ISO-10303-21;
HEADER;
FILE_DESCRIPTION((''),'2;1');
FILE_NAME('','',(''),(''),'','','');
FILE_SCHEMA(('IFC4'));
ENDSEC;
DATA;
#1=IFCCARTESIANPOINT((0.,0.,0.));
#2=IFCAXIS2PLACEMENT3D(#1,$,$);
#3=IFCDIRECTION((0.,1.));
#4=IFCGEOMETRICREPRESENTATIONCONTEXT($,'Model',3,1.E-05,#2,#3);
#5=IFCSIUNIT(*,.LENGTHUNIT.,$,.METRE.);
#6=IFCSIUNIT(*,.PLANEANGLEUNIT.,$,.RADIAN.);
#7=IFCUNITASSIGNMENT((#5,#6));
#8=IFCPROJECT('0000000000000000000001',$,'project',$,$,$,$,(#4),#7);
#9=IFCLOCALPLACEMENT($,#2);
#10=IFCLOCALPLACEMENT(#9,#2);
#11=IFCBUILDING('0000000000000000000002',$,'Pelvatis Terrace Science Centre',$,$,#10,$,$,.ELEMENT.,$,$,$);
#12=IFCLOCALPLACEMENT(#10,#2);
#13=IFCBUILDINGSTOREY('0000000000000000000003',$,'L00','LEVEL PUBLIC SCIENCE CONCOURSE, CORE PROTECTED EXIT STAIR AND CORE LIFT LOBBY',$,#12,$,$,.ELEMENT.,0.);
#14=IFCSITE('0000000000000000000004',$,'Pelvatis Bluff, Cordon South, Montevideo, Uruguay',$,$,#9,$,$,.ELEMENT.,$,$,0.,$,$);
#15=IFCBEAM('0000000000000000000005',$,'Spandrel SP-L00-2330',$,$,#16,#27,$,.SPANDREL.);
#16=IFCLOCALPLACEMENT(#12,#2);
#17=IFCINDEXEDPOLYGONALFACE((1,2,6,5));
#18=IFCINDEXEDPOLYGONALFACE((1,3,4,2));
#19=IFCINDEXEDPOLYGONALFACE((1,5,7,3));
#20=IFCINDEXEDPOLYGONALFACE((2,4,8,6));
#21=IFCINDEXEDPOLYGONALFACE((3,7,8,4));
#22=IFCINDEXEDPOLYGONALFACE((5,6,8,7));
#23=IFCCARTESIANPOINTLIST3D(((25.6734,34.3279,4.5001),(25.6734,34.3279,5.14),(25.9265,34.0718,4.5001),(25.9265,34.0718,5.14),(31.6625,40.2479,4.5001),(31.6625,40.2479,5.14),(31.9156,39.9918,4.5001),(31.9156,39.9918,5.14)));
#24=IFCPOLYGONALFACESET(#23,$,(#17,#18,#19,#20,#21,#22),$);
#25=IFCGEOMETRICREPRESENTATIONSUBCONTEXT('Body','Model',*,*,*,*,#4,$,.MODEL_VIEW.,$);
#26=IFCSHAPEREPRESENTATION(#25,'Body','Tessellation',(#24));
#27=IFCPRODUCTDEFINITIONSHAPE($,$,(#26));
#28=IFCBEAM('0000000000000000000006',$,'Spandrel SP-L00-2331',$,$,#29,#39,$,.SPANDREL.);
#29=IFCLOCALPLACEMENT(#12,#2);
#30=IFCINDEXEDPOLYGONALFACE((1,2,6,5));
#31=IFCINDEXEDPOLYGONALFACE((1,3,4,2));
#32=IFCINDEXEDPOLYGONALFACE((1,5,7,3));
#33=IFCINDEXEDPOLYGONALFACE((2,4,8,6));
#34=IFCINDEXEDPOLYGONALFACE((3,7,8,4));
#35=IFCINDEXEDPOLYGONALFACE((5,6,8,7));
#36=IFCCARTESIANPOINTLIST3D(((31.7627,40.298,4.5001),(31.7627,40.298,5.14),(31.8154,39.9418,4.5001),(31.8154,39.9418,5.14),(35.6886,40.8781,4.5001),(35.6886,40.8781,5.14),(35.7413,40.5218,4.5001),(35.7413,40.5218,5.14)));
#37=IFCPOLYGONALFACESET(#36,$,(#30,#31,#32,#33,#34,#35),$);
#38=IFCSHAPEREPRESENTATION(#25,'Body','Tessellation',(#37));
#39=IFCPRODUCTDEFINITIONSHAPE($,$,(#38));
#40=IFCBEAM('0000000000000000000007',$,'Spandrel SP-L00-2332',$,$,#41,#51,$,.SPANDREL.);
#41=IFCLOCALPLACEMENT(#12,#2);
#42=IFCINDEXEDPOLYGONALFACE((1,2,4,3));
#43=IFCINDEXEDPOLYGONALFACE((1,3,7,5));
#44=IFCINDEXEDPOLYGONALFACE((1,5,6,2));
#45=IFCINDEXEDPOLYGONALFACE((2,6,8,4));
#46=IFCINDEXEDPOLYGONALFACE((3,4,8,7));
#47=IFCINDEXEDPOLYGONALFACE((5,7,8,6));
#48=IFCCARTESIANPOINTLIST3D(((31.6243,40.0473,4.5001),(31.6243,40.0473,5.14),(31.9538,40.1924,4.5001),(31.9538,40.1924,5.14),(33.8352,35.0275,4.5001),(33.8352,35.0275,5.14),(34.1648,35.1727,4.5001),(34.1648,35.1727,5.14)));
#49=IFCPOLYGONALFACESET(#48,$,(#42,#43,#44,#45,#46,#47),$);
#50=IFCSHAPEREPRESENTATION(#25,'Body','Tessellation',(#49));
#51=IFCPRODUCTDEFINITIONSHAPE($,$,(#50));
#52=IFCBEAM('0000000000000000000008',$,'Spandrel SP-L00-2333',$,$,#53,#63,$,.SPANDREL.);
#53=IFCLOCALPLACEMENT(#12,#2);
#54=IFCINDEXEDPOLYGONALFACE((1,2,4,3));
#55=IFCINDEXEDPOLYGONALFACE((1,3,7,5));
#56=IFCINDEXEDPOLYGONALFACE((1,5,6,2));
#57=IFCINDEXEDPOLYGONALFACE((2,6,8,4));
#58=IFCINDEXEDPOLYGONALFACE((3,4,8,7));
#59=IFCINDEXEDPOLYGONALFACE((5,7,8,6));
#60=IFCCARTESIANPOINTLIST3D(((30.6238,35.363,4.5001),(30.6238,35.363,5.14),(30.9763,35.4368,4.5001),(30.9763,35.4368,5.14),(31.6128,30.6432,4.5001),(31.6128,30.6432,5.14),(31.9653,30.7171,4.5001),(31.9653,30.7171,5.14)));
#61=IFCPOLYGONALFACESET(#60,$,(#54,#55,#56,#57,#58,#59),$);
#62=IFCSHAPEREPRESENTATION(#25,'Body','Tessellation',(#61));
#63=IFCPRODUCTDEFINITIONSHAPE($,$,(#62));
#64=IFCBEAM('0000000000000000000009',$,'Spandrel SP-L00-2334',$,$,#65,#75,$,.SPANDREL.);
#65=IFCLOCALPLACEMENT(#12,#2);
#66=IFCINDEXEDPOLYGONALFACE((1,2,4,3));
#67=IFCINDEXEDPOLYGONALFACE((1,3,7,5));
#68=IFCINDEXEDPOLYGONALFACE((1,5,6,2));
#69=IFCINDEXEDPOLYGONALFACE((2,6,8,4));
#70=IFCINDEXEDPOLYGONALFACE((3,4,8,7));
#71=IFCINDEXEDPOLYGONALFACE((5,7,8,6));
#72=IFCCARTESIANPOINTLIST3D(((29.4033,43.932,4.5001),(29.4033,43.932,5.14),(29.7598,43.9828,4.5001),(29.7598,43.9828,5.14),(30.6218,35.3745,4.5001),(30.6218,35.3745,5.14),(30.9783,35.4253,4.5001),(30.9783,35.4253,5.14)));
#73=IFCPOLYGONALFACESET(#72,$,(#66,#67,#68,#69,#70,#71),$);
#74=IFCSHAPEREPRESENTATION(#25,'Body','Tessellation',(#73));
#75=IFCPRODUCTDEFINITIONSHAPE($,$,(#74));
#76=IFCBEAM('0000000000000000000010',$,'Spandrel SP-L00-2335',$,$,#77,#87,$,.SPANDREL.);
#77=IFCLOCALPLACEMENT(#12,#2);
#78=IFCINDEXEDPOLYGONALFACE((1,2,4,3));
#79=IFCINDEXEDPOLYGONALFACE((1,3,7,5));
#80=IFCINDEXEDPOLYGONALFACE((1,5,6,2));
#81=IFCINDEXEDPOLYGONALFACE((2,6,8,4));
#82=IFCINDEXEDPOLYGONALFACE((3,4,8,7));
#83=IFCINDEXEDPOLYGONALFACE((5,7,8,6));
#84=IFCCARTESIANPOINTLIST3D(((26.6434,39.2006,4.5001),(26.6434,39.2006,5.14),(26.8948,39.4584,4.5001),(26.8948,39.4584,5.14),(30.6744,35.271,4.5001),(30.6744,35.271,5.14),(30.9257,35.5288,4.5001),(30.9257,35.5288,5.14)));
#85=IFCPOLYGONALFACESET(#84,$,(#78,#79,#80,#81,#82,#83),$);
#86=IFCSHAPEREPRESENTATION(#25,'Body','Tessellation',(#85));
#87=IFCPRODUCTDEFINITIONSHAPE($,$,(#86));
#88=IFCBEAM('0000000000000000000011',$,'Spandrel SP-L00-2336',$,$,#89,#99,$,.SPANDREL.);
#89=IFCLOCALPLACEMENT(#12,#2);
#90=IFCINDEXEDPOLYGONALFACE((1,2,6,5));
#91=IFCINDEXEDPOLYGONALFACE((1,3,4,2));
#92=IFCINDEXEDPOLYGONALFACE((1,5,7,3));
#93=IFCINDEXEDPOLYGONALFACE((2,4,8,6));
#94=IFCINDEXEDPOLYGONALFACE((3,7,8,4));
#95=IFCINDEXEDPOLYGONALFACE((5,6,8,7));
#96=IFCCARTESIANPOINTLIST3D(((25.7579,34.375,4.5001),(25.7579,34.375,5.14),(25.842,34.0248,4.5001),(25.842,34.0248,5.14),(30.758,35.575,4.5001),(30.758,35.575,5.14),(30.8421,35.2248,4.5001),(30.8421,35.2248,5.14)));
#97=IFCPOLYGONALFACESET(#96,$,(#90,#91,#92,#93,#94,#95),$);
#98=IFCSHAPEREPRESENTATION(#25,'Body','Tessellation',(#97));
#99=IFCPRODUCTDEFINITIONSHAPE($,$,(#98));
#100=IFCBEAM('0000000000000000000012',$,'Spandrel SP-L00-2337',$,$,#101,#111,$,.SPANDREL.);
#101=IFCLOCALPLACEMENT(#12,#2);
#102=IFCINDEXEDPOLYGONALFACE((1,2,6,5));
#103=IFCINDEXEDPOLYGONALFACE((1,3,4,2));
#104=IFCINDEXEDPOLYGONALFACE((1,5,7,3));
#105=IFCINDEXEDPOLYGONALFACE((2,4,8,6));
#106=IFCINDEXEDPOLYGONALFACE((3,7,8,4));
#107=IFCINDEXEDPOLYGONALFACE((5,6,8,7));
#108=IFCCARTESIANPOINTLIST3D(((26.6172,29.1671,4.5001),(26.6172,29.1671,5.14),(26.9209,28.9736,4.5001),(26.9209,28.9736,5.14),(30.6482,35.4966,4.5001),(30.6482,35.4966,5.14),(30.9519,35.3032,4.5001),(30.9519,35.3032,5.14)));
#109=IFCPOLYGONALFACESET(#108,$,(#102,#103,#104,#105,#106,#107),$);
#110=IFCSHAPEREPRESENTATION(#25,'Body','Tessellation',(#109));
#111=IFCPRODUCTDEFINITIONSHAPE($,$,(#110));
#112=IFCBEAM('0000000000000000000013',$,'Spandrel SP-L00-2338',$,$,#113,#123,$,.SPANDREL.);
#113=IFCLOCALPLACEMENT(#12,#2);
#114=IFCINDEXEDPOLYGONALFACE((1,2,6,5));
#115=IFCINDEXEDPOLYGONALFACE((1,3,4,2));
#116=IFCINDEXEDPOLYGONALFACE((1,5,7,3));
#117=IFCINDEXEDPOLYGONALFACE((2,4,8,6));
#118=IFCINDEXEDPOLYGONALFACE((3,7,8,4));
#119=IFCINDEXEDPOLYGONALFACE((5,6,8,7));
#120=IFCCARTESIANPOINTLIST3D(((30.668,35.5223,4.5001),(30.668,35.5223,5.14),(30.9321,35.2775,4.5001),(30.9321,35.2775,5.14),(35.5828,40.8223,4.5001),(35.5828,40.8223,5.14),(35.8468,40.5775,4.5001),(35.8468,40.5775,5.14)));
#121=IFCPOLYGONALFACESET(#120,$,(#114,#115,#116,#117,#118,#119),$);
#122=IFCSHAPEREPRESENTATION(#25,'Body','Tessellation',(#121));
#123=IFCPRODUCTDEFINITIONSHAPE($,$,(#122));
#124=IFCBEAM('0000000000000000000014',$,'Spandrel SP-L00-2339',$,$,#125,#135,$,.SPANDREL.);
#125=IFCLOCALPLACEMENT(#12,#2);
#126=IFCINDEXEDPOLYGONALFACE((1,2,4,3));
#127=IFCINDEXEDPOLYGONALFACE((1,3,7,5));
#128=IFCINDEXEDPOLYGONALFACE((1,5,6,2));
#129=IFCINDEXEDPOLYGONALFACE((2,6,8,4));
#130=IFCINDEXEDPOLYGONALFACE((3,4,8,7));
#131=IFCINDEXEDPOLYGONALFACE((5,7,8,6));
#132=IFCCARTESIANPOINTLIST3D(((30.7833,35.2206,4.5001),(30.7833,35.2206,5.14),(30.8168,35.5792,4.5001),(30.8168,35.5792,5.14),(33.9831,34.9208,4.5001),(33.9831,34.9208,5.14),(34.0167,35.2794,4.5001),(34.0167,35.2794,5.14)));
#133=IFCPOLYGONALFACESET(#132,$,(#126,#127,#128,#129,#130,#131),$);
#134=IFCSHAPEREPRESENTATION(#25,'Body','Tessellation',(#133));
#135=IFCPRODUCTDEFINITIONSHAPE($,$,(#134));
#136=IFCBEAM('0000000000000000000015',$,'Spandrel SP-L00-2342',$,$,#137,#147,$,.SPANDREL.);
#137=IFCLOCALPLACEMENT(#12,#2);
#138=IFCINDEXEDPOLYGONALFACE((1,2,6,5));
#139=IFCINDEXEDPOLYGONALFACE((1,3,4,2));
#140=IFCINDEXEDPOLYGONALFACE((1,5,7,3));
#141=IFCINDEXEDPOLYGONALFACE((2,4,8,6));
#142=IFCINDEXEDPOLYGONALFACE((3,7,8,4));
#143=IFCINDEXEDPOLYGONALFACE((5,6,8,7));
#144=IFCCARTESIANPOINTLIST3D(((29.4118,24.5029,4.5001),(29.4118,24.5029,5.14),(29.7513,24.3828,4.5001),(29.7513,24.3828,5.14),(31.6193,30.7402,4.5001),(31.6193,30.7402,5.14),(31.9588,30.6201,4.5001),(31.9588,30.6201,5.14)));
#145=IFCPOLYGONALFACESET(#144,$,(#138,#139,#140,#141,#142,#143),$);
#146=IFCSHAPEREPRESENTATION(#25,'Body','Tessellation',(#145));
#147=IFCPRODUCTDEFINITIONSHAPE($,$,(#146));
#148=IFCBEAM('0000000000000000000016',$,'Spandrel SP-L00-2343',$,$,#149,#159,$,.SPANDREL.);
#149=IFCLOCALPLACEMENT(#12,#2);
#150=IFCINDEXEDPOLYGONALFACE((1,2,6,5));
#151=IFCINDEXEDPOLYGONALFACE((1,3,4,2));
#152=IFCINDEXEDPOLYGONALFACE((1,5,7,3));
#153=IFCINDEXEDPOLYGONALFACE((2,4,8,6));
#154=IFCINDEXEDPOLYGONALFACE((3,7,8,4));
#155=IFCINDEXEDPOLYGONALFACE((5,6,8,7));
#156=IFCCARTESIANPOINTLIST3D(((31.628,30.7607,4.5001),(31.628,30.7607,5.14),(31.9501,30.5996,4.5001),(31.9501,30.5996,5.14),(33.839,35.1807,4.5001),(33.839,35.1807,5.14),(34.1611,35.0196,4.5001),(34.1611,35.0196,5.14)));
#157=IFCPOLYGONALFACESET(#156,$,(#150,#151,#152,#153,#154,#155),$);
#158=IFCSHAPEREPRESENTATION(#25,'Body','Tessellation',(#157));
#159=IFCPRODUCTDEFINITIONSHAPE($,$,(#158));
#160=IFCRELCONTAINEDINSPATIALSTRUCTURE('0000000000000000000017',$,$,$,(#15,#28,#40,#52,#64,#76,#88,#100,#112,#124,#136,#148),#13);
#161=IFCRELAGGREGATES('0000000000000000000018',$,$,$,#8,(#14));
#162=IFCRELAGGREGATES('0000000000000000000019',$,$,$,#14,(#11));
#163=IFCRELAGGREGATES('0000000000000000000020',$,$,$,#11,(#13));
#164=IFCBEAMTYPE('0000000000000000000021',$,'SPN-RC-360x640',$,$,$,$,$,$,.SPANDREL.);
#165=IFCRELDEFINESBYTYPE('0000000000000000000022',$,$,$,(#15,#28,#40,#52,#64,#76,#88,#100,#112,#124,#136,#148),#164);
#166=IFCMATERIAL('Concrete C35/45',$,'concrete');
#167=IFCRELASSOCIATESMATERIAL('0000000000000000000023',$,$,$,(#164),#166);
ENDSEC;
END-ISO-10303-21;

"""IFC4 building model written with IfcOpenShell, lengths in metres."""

from ifc_helpers import new_model, si_unit, direction, frame, origin, origin_2d, place, context, subcontext, project, spatial, rectangle, extrude, material, material_profile, profile_set, type_object, element, save


model = new_model("IFC4")

# Units and contexts
model_context = context("Model", 3, precision=1e-05, world=origin(), true_north=direction((0.0, 1.0)))
body_context = subcontext(model_context, "Body", "Model", "MODEL_VIEW")
ifc_project = project(units=[si_unit("LENGTHUNIT", "METRE"), si_unit("PLANEANGLEUNIT", "RADIAN")], contexts=[model_context])

# Site, building, storey
site_placement = place(None, origin())
site = spatial("IfcSite", under=ifc_project, at=site_placement, Name="Pelvatis Bluff, Cordon South, Montevideo, Uruguay", CompositionType="ELEMENT", RefElevation=0.0)
building_placement = place(site_placement, origin())
building = spatial("IfcBuilding", under=site, at=building_placement, Name="Pelvatis Terrace Science Centre", CompositionType="ELEMENT")
storey_placement = place(building_placement, origin())
storey = spatial("IfcBuildingStorey", under=building, at=storey_placement, Name="L00", Description="LEVEL PUBLIC SCIENCE CONCOURSE, CORE PROTECTED EXIT STAIR AND CORE LIFT LOBBY", CompositionType="ELEMENT", Elevation=0.0)

# Beams
ifc_material_1 = material(Name="Concrete C35/45", Category="concrete")
ifc_material_profile_1 = material_profile(ifc_material_1, rectangle(XDim=0.3601, YDim=0.6399, at=origin_2d()), Name="RC-SPN 360x640")
ifc_profile_set_1 = profile_set([ifc_material_profile_1], Name="Concrete C35/45")
beam_type = type_object("IfcBeamType", Name="SPN-RC-360x640", PredefinedType="SPANDREL", material=ifc_profile_set_1)
beam_1_placement = place(storey_placement, frame((31.7891, 40.1199, 4.8201), z_axis=(-0.711197, -0.702993, 0.0), x_axis=(0.702993, -0.711197, 0.0)))
element("IfcBeam", 1, at=beam_1_placement, inside=storey, type_object=beam_type, Name="Spandrel SP-L00-2330", PredefinedType="SPANDREL", context=body_context, shape_type="SweptSolid", body=[
    extrude(rectangle(XDim=0.3601, YDim=0.6399, at=origin_2d()), origin(), (0.0, 0.0, 1.0), 8.4211),
])
beam_2_placement = place(storey_placement, frame((31.7891, 40.1199, 4.8201), z_axis=(0.989259, 0.146174, 0.0), x_axis=(-0.146174, 0.989259, 0.0)))
element("IfcBeam", 2, at=beam_2_placement, inside=storey, type_object=beam_type, Name="Spandrel SP-L00-2331", PredefinedType="SPANDREL", context=body_context, shape_type="SweptSolid", body=[
    extrude(rectangle(XDim=0.3601, YDim=0.6399, at=origin_2d()), origin(), (0.0, 0.0, 1.0), 3.9685),
])
beam_3_placement = place(storey_placement, frame((31.7891, 40.1199, 4.8201), z_axis=(0.40308, -0.915165, 0.0), x_axis=(0.915165, 0.40308, 0.0)))
element("IfcBeam", 3, at=beam_3_placement, inside=storey, type_object=beam_type, Name="Spandrel SP-L00-2332", PredefinedType="SPANDREL", context=body_context, shape_type="SweptSolid", body=[
    extrude(rectangle(XDim=0.3601, YDim=0.6399, at=origin_2d()), origin(), (0.0, 0.0, 1.0), 5.4851),
])
beam_4_placement = place(storey_placement, frame((30.8, 35.3999, 4.8201), z_axis=(0.205094, -0.978742, 0.0), x_axis=(0.978742, 0.205094, 0.0)))
element("IfcBeam", 4, at=beam_4_placement, inside=storey, type_object=beam_type, Name="Spandrel SP-L00-2333", PredefinedType="SPANDREL", context=body_context, shape_type="SweptSolid", body=[
    extrude(rectangle(XDim=0.3601, YDim=0.6399, at=origin_2d()), origin(), (0.0, 0.0, 1.0), 4.8223),
])
beam_5_placement = place(storey_placement, frame((30.8, 35.3999, 4.8201), z_axis=(-0.140971, 0.990014, 0.0), x_axis=(-0.990014, -0.140971, 0.0)))
element("IfcBeam", 5, at=beam_5_placement, inside=storey, type_object=beam_type, Name="Spandrel SP-L00-2334", PredefinedType="SPANDREL", context=body_context, shape_type="SweptSolid", body=[
    extrude(rectangle(XDim=0.3601, YDim=0.6399, at=origin_2d()), origin(), (0.0, 0.0, 1.0), 8.6438),
])
beam_6_placement = place(storey_placement, frame((30.8, 35.3999, 4.8201), z_axis=(-0.716048, 0.698051, 0.0), x_axis=(-0.698051, -0.716048, 0.0)))
element("IfcBeam", 6, at=beam_6_placement, inside=storey, type_object=beam_type, Name="Spandrel SP-L00-2335", PredefinedType="SPANDREL", context=body_context, shape_type="SweptSolid", body=[
    extrude(rectangle(XDim=0.3601, YDim=0.6399, at=origin_2d()), origin(), (0.0, 0.0, 1.0), 5.6294),
])
beam_7_placement = place(storey_placement, frame((30.8, 35.3999, 4.8201), z_axis=(-0.972389, -0.233364, 0.0), x_axis=(0.233364, -0.972389, 0.0)))
element("IfcBeam", 7, at=beam_7_placement, inside=storey, type_object=beam_type, Name="Spandrel SP-L00-2336", PredefinedType="SPANDREL", context=body_context, shape_type="SweptSolid", body=[
    extrude(rectangle(XDim=0.3601, YDim=0.6399, at=origin_2d()), origin(), (0.0, 0.0, 1.0), 5.1421),
])
beam_8_placement = place(storey_placement, frame((30.8, 35.3999, 4.8201), z_axis=(-0.537168, -0.843475, 0.0), x_axis=(0.843475, -0.537168, 0.0)))
element("IfcBeam", 8, at=beam_8_placement, inside=storey, type_object=beam_type, Name="Spandrel SP-L00-2337", PredefinedType="SPANDREL", context=body_context, shape_type="SweptSolid", body=[
    extrude(rectangle(XDim=0.3601, YDim=0.6399, at=origin_2d()), origin(), (0.0, 0.0, 1.0), 7.5042),
])
beam_9_placement = place(storey_placement, frame((30.8, 35.3999, 4.8201), z_axis=(0.679955, 0.733254, 0.0), x_axis=(-0.733254, 0.679955, 0.0)))
element("IfcBeam", 9, at=beam_9_placement, inside=storey, type_object=beam_type, Name="Spandrel SP-L00-2338", PredefinedType="SPANDREL", context=body_context, shape_type="SweptSolid", body=[
    extrude(rectangle(XDim=0.3601, YDim=0.6399, at=origin_2d()), origin(), (0.0, 0.0, 1.0), 7.228),
])
beam_10_placement = place(storey_placement, frame((30.8, 35.3999, 4.8201), z_axis=(0.99564, -0.093282, 0.0), x_axis=(0.093282, 0.99564, 0.0)))
element("IfcBeam", 10, at=beam_10_placement, inside=storey, type_object=beam_type, Name="Spandrel SP-L00-2339", PredefinedType="SPANDREL", context=body_context, shape_type="SweptSolid", body=[
    extrude(rectangle(XDim=0.3601, YDim=0.6399, at=origin_2d()), origin(), (0.0, 0.0, 1.0), 3.2139),
])
beam_11_placement = place(storey_placement, frame((31.7891, 30.6802, 4.8201), z_axis=(-0.333642, -0.9427, 0.0), x_axis=(0.9427, -0.333642, 0.0)))
element("IfcBeam", 11, at=beam_11_placement, inside=storey, type_object=beam_type, Name="Spandrel SP-L00-2342", PredefinedType="SPANDREL", context=body_context, shape_type="SweptSolid", body=[
    extrude(rectangle(XDim=0.3601, YDim=0.6399, at=origin_2d()), origin(), (0.0, 0.0, 1.0), 6.6165),
])
beam_12_placement = place(storey_placement, frame((31.7891, 30.6802, 4.8201), z_axis=(0.447372, 0.894348, 0.0), x_axis=(-0.894348, 0.447372, 0.0)))
element("IfcBeam", 12, at=beam_12_placement, inside=storey, type_object=beam_type, Name="Spandrel SP-L00-2343", PredefinedType="SPANDREL", context=body_context, shape_type="SweptSolid", body=[
    extrude(rectangle(XDim=0.3601, YDim=0.6399, at=origin_2d()), origin(), (0.0, 0.0, 1.0), 4.9421),
])

save(model, "model.ifc")
